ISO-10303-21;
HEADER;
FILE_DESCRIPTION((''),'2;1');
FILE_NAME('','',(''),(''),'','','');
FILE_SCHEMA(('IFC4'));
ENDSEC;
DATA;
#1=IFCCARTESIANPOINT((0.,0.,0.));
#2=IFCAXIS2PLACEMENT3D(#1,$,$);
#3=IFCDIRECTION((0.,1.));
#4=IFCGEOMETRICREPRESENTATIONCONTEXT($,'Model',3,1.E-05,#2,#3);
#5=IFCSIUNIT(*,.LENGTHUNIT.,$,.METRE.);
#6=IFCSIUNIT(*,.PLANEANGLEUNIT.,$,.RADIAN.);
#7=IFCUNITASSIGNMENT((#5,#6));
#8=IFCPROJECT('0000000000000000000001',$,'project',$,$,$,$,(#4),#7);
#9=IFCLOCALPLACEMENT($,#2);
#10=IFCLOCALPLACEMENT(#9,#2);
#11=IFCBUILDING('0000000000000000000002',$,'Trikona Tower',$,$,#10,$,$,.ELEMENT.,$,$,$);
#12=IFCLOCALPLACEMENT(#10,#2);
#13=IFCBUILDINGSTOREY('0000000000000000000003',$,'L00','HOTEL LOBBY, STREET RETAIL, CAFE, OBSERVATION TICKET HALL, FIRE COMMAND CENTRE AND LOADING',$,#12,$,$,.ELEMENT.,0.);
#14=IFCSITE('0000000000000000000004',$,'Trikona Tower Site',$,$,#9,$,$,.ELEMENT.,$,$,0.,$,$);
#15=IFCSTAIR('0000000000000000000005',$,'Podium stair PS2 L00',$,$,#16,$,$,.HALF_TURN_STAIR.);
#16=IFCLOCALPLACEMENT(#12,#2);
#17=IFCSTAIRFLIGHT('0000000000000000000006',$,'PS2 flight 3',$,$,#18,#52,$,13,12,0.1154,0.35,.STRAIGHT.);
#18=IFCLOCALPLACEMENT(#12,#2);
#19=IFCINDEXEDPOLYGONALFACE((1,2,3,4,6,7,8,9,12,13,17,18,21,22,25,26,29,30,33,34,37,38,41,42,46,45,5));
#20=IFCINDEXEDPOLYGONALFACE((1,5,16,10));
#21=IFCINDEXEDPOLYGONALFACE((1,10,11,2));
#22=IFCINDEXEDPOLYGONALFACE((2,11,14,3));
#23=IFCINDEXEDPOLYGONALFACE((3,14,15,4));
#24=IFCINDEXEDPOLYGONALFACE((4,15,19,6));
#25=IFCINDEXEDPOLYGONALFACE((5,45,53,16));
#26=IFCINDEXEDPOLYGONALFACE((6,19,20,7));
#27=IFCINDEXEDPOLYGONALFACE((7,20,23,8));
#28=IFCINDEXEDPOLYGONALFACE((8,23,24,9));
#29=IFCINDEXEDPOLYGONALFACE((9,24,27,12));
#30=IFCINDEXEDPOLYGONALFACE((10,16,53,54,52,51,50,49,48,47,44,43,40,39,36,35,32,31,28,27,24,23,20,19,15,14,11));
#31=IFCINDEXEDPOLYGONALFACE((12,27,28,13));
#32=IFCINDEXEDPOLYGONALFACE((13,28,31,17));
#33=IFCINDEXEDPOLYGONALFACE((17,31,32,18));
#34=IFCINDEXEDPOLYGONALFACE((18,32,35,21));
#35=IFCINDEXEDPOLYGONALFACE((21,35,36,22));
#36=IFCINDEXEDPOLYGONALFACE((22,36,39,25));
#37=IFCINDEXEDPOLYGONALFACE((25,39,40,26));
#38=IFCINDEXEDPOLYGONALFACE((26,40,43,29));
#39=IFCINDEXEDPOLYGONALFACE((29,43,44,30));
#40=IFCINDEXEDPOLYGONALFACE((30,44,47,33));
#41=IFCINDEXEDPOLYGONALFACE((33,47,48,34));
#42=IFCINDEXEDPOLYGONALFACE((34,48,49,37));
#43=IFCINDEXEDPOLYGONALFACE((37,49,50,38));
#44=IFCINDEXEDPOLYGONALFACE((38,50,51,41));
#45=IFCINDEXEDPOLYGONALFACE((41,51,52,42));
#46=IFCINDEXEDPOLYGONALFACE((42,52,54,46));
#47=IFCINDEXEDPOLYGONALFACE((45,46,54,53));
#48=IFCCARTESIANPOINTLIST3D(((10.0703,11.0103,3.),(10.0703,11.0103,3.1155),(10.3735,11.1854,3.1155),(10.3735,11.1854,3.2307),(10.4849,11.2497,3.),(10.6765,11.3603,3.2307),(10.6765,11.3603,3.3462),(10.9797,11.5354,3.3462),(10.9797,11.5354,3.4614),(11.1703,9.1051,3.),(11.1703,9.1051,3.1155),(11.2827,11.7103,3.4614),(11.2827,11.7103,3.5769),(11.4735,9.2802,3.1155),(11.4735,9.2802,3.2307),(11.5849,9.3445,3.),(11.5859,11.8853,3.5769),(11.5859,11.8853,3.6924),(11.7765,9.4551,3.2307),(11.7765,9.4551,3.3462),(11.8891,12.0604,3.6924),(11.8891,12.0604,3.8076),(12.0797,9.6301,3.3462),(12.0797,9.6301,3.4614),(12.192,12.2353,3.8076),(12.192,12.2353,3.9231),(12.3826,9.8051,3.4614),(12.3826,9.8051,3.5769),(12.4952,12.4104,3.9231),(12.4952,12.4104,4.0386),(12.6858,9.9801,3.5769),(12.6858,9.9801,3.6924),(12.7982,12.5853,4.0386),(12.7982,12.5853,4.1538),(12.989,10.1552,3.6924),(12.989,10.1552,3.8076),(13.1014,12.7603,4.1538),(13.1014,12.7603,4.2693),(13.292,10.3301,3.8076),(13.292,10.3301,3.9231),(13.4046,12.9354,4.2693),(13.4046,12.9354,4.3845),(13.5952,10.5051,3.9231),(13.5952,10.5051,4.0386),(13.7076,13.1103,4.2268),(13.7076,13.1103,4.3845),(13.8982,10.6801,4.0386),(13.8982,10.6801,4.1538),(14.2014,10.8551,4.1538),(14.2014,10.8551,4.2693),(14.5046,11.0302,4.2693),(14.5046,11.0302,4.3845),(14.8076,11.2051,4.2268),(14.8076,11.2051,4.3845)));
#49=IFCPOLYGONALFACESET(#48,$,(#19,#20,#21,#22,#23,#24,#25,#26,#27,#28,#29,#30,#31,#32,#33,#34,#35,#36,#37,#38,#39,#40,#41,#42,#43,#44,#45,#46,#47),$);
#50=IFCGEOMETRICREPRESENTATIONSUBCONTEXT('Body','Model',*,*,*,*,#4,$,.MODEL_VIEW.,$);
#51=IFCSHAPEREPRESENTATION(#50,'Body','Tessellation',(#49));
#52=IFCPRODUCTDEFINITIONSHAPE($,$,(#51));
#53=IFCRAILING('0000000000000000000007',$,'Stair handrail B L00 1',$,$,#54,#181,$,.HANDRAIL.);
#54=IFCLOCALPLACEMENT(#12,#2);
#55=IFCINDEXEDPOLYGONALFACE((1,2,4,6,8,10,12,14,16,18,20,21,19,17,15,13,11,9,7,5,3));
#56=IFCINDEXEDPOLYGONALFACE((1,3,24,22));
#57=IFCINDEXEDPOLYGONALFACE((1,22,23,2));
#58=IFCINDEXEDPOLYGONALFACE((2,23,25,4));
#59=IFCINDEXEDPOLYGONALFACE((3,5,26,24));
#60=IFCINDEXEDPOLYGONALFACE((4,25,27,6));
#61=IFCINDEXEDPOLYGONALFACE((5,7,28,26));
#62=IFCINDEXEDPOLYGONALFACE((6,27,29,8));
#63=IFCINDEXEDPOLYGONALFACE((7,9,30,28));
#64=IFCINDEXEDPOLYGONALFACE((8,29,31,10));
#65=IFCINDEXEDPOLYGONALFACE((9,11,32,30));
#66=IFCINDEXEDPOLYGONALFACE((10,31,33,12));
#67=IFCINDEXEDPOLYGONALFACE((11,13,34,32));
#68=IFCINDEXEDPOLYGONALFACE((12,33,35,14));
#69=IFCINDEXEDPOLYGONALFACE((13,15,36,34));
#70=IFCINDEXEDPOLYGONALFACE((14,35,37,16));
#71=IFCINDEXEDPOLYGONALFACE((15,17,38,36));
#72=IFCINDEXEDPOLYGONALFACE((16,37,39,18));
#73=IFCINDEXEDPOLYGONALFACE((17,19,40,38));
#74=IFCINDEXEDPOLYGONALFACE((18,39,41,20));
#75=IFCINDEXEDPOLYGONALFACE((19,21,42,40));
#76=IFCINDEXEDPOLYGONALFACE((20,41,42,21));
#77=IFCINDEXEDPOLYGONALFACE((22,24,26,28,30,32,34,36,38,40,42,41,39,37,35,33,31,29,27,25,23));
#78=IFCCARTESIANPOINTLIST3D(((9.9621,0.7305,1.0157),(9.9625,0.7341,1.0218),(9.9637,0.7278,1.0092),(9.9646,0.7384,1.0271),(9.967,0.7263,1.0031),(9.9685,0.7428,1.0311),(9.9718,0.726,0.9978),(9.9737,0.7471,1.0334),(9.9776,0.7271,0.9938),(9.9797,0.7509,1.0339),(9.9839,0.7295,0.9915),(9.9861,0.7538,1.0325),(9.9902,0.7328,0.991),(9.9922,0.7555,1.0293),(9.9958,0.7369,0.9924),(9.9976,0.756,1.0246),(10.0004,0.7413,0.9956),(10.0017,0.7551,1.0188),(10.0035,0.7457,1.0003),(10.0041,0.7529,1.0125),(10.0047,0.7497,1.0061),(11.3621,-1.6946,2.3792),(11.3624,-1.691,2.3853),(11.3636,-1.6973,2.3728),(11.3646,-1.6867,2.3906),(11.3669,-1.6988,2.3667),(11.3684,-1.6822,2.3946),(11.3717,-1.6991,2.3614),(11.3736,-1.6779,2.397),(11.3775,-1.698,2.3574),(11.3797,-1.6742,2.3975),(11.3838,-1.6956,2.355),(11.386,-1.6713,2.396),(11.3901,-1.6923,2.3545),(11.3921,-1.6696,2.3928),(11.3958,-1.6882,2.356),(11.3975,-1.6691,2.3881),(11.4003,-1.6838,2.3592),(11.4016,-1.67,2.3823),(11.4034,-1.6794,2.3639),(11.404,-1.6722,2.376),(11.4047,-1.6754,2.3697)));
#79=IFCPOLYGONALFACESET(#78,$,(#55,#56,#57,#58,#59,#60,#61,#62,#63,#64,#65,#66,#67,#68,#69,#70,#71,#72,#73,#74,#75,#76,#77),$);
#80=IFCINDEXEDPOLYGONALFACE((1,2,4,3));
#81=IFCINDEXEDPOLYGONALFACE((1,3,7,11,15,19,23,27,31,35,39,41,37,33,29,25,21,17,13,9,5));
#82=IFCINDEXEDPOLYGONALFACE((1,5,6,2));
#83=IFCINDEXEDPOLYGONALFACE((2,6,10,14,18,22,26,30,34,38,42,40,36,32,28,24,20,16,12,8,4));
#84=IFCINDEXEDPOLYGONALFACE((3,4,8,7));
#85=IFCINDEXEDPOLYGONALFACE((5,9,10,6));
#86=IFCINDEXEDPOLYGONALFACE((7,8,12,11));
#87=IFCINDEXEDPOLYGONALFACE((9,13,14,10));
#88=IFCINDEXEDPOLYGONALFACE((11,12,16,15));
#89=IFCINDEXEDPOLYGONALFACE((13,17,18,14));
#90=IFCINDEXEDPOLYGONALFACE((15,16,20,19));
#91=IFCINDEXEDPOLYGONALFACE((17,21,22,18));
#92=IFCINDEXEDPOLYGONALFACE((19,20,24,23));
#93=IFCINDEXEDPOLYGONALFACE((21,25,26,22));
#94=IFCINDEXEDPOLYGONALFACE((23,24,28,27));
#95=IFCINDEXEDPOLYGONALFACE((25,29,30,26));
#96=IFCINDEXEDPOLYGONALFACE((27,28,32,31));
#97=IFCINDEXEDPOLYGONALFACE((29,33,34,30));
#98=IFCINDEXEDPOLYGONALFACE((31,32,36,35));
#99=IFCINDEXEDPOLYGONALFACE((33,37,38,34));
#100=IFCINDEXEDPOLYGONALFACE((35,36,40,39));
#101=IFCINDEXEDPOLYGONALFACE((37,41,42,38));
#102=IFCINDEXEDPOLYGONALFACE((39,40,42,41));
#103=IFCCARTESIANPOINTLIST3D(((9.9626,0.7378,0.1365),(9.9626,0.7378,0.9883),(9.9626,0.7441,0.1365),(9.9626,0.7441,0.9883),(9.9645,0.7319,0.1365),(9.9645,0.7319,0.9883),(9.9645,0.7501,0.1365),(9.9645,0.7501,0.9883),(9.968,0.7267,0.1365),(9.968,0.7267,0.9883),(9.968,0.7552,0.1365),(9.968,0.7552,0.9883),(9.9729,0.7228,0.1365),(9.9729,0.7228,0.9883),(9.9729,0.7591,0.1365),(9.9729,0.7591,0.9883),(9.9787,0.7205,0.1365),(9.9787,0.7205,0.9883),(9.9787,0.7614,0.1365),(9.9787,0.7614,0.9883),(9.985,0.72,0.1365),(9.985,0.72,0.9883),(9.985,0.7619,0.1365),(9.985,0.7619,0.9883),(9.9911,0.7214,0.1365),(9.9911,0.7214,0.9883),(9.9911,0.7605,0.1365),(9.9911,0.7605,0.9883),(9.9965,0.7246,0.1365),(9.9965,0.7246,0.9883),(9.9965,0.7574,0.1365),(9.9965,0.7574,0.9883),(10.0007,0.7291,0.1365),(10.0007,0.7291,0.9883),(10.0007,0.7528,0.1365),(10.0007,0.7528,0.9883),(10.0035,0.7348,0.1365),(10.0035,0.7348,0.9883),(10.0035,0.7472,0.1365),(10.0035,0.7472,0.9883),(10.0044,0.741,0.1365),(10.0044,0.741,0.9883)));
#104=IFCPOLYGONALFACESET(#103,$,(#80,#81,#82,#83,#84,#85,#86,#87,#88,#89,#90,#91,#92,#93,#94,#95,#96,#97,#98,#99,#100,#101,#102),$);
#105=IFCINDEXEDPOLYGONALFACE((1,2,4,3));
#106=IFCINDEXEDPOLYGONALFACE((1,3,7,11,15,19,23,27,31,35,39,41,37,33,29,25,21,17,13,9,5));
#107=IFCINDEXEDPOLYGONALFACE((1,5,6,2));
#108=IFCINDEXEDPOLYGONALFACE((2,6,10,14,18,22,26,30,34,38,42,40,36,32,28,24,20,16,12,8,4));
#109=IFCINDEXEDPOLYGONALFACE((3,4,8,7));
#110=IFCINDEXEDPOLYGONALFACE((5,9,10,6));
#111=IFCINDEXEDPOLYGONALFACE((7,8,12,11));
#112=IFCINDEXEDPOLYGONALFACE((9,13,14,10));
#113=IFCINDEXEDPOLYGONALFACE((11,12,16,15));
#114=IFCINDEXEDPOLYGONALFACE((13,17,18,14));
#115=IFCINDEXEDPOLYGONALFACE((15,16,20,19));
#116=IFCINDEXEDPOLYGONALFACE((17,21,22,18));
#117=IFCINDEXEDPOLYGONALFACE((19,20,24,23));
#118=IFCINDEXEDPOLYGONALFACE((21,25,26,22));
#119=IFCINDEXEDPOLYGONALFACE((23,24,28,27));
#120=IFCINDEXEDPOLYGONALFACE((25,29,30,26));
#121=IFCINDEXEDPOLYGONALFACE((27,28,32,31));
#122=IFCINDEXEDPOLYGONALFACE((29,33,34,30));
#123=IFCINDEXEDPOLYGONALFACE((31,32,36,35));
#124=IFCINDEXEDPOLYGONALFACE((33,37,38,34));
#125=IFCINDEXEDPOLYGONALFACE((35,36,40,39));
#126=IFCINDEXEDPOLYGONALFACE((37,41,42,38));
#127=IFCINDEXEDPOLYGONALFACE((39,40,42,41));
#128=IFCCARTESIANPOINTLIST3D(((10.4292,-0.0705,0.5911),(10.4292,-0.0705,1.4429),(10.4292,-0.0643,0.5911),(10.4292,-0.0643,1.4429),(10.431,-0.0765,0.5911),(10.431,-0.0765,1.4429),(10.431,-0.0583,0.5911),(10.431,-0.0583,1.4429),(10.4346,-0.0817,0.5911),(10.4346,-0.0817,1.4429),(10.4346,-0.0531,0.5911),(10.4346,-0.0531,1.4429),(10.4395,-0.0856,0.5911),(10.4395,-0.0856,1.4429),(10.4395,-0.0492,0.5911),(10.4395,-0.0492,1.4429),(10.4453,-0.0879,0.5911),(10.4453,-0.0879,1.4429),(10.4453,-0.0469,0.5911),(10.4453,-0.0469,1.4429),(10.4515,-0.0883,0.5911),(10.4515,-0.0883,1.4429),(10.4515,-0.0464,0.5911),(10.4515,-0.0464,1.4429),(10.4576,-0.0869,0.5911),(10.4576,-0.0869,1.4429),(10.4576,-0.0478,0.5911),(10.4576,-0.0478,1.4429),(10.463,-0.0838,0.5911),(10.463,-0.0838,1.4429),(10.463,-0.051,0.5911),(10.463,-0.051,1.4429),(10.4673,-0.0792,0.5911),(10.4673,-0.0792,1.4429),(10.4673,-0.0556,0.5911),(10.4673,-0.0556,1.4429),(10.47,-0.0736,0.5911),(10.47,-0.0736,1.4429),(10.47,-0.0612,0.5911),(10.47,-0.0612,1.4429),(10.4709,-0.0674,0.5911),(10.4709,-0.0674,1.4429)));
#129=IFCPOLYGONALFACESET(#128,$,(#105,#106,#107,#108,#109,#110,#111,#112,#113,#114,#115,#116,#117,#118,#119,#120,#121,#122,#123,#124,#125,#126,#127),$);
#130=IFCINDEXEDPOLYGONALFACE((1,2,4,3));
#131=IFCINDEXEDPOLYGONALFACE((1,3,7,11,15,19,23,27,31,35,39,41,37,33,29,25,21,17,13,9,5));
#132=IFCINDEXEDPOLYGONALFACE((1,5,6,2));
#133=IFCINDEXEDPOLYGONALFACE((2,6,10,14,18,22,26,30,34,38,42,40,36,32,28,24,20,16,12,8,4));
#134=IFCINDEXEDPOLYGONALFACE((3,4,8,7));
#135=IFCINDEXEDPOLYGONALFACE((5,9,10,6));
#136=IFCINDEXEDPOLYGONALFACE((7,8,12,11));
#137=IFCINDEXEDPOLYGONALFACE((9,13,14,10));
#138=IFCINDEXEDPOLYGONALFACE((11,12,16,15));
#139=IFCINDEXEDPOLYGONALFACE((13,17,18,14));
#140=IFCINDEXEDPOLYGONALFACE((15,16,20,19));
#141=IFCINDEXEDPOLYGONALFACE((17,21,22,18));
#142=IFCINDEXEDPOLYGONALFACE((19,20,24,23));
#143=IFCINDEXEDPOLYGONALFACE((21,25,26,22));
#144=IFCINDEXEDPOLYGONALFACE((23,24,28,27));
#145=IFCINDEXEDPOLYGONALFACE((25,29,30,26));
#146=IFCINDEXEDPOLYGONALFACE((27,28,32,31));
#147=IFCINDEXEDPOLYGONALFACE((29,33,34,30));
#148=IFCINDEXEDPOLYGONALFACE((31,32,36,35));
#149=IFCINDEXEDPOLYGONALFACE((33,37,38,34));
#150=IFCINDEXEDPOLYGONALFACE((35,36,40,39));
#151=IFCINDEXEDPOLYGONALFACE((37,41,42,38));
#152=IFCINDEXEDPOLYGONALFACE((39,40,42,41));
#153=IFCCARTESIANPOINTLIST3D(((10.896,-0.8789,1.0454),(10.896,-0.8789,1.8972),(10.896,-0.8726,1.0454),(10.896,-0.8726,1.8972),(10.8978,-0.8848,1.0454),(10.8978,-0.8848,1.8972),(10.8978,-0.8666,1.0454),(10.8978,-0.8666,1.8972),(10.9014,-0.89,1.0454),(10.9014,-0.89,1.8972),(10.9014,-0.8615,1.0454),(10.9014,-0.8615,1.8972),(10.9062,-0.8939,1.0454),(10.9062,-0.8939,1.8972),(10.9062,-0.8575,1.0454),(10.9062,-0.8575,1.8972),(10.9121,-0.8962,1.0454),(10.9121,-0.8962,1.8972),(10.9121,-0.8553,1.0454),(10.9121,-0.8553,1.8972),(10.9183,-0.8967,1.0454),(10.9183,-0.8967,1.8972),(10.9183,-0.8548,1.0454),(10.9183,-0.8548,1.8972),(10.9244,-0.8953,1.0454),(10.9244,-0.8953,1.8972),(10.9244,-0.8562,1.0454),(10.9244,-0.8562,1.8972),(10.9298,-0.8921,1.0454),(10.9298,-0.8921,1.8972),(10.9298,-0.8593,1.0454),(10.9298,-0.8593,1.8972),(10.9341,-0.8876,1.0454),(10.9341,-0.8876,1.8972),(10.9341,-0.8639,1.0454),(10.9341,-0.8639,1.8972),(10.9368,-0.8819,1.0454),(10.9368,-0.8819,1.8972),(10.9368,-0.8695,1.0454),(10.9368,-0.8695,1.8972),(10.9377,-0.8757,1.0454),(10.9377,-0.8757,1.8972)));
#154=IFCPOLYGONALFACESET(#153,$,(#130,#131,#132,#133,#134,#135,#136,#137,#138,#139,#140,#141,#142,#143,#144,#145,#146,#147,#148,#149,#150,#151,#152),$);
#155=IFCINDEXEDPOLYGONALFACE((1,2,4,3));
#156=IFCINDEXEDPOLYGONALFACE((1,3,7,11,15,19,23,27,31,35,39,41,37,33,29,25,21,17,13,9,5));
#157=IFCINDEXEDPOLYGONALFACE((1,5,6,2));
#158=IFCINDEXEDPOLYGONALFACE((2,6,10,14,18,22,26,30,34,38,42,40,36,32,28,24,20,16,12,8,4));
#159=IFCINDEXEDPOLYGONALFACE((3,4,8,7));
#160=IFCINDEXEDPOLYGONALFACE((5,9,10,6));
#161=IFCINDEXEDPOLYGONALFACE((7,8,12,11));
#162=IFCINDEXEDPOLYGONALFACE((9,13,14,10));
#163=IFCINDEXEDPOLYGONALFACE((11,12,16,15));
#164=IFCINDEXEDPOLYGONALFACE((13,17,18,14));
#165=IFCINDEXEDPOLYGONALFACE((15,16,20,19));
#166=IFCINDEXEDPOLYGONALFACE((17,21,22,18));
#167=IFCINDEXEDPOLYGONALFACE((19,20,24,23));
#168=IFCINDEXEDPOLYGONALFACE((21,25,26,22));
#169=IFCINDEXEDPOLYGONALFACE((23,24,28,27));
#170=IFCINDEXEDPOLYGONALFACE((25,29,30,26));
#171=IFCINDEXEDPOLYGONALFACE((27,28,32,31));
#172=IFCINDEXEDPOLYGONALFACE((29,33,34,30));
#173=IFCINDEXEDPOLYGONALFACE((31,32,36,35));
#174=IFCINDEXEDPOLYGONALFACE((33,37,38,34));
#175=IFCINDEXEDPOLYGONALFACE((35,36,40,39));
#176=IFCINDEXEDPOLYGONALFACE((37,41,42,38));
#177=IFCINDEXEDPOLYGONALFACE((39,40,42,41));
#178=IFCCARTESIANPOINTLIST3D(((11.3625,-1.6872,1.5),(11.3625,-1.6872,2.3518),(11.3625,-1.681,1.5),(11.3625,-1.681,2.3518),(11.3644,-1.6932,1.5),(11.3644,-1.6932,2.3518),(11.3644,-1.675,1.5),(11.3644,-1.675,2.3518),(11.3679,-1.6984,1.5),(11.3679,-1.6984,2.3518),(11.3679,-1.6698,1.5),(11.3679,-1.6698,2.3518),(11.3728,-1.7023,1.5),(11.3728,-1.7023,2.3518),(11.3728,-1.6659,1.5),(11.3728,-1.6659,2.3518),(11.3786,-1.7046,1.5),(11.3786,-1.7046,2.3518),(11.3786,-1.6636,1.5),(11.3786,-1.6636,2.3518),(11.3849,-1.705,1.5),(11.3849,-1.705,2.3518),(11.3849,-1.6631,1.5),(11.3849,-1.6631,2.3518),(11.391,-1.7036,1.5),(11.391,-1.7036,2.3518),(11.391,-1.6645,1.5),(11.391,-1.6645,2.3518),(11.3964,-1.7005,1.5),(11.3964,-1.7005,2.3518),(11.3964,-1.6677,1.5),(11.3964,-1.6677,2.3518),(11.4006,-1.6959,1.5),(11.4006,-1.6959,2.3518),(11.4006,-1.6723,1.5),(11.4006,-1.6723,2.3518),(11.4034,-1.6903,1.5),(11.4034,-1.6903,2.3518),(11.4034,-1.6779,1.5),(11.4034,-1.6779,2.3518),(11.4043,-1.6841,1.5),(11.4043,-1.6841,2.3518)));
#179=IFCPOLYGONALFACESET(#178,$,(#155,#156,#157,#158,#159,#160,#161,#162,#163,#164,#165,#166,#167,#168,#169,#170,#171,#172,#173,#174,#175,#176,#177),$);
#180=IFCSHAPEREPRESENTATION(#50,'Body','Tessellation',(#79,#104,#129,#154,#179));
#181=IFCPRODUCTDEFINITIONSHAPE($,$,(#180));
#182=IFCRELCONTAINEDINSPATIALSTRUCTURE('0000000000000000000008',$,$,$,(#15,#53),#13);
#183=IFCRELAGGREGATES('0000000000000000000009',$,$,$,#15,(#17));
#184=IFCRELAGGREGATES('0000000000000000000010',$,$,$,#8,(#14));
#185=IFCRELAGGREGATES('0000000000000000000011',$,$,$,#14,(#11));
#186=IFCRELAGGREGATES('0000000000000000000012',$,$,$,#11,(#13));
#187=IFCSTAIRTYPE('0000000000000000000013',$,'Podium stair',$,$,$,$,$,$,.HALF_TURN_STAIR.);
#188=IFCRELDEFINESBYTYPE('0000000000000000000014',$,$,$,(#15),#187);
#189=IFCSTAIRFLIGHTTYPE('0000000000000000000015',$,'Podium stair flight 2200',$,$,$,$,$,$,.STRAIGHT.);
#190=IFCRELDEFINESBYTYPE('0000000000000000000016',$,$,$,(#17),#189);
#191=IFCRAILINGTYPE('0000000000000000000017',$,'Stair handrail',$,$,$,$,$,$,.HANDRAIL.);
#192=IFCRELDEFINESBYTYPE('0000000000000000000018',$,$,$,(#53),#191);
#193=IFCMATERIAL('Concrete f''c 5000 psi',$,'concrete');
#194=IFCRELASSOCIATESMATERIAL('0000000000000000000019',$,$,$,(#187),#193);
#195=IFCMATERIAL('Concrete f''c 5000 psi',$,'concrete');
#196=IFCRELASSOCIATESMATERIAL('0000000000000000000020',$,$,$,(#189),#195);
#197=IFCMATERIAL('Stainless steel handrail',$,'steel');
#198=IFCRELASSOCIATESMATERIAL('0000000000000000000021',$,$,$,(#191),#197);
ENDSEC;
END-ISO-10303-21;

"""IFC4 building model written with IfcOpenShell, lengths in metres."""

from ifc_helpers import new_model, si_unit, direction, frame, origin, origin_2d, place, context, subcontext, project, spatial, polyline, circle, outline, extrude, material, type_object, element, aggregate, save


model = new_model("IFC4")

# Units and contexts
model_context = context("Model", 3, precision=1e-05, world=origin(), true_north=direction((0.0, 1.0)))
body_context = subcontext(model_context, "Body", "Model", "MODEL_VIEW")
ifc_project = project(units=[si_unit("LENGTHUNIT", "METRE"), si_unit("PLANEANGLEUNIT", "RADIAN")], contexts=[model_context])

# Site, building, storey
site_placement = place(None, origin())
site = spatial("IfcSite", under=ifc_project, at=site_placement, Name="Trikona Tower Site", CompositionType="ELEMENT", RefElevation=0.0)
building_placement = place(site_placement, origin())
building = spatial("IfcBuilding", under=site, at=building_placement, Name="Trikona Tower", CompositionType="ELEMENT")
storey_placement = place(building_placement, origin())
storey = spatial("IfcBuildingStorey", under=building, at=storey_placement, Name="L00", Description="HOTEL LOBBY, STREET RETAIL, CAFE, OBSERVATION TICKET HALL, FIRE COMMAND CENTRE AND LOADING", CompositionType="ELEMENT", Elevation=0.0)

# Stair, stair flight
ifc_material_1 = material(Name="Concrete f'c 5000 psi", Category="concrete")
stair_type = type_object("IfcStairType", Name="Podium stair", PredefinedType="HALF_TURN_STAIR", material=ifc_material_1)
stair_placement = place(storey_placement, origin())
stair = element("IfcStair", 1, at=stair_placement, inside=storey, type_object=stair_type, Name="Podium stair PS2 L00", PredefinedType="HALF_TURN_STAIR")
ifc_material_2 = material(Name="Concrete f'c 5000 psi", Category="concrete")
stair_flight_type = type_object("IfcStairFlightType", Name="Podium stair flight 2200", PredefinedType="STRAIGHT", material=ifc_material_2)
stair_flight_1_placement = place(storey_placement, frame((10.6204, 10.0576, 3.0), z_axis=(0.0, 0.0, 1.0), x_axis=(0.866025, 0.5, 0.0)))
stair_flight_1 = element("IfcStairFlight", 2, at=stair_flight_1_placement, type_object=stair_flight_type, Name="PS2 flight 3", NumberOfRisers=13, NumberOfTreads=12, PredefinedType="STRAIGHT", RiserHeight=0.1154, TreadLength=0.35, context=body_context, shape_type="SweptSolid", body=[
    extrude(outline(polyline([(0.0, 0.0), (0.0, 0.1155), (0.3501, 0.1155), (0.3501, 0.2307), (0.7, 0.2307), (0.7, 0.3462), (1.05, 0.3462), (1.05, 0.4614), (1.3999, 0.4614), (1.3999, 0.5769), (1.75, 0.5769), (1.75, 0.6924), (2.1001, 0.6924), (2.1001, 0.8076), (2.45, 0.8076), (2.45, 0.9231), (2.8, 0.9231), (2.8, 1.0386), (3.1499, 1.0386), (3.1499, 1.1538), (3.5, 1.1538), (3.5, 1.2693), (3.8501, 1.2693), (3.8501, 1.3845), (4.2, 1.3845), (4.2, 1.5), (4.2, 1.2268), (0.4788, 0.0), (0.0, 0.0)])), frame((0.0, 1.1001, 0.0), z_axis=(0.0, -1.0, 0.0), x_axis=(1.0, 0.0, 0.0)), (0.0, 0.0, 1.0), 2.2),
])
aggregate(stair, [stair_flight_1])

# Railing
ifc_material_3 = material(Name="Stainless steel handrail", Category="steel")
railing_type = type_object("IfcRailingType", Name="Stair handrail", PredefinedType="HANDRAIL", material=ifc_material_3)
for number, where, name in (
    (3, (9.9834, 0.741, 0.1365), "Stair handrail B L00 1"),
):
    element("IfcRailing", number, at=place(storey_placement, frame(where)), inside=storey, type_object=railing_type, Name=name, PredefinedType="HANDRAIL", context=body_context, shape_type="SweptSolid", body=[
        extrude(circle(Radius=0.0239, at=origin_2d()), frame((0.0, 0.0, 0.876), z_axis=(0.449486, -0.778645, 0.437806), x_axis=(0.866056, 0.499946, 0.0)), (0.0, 0.0, 1.0), 3.1145),
        extrude(circle(Radius=0.021, at=origin_2d()), origin(), (0.0, 0.0, 1.0), 0.8518),
        extrude(circle(Radius=0.021, at=origin_2d()), frame((0.4666, -0.8083, 0.4546)), (0.0, 0.0, 1.0), 0.8518),
        extrude(circle(Radius=0.021, at=origin_2d()), frame((0.9333, -1.6167, 0.9089)), (0.0, 0.0, 1.0), 0.8518),
        extrude(circle(Radius=0.021, at=origin_2d()), frame((1.3999, -2.425, 1.3635)), (0.0, 0.0, 1.0), 0.8518),
    ])

save(model, "model.ifc")
